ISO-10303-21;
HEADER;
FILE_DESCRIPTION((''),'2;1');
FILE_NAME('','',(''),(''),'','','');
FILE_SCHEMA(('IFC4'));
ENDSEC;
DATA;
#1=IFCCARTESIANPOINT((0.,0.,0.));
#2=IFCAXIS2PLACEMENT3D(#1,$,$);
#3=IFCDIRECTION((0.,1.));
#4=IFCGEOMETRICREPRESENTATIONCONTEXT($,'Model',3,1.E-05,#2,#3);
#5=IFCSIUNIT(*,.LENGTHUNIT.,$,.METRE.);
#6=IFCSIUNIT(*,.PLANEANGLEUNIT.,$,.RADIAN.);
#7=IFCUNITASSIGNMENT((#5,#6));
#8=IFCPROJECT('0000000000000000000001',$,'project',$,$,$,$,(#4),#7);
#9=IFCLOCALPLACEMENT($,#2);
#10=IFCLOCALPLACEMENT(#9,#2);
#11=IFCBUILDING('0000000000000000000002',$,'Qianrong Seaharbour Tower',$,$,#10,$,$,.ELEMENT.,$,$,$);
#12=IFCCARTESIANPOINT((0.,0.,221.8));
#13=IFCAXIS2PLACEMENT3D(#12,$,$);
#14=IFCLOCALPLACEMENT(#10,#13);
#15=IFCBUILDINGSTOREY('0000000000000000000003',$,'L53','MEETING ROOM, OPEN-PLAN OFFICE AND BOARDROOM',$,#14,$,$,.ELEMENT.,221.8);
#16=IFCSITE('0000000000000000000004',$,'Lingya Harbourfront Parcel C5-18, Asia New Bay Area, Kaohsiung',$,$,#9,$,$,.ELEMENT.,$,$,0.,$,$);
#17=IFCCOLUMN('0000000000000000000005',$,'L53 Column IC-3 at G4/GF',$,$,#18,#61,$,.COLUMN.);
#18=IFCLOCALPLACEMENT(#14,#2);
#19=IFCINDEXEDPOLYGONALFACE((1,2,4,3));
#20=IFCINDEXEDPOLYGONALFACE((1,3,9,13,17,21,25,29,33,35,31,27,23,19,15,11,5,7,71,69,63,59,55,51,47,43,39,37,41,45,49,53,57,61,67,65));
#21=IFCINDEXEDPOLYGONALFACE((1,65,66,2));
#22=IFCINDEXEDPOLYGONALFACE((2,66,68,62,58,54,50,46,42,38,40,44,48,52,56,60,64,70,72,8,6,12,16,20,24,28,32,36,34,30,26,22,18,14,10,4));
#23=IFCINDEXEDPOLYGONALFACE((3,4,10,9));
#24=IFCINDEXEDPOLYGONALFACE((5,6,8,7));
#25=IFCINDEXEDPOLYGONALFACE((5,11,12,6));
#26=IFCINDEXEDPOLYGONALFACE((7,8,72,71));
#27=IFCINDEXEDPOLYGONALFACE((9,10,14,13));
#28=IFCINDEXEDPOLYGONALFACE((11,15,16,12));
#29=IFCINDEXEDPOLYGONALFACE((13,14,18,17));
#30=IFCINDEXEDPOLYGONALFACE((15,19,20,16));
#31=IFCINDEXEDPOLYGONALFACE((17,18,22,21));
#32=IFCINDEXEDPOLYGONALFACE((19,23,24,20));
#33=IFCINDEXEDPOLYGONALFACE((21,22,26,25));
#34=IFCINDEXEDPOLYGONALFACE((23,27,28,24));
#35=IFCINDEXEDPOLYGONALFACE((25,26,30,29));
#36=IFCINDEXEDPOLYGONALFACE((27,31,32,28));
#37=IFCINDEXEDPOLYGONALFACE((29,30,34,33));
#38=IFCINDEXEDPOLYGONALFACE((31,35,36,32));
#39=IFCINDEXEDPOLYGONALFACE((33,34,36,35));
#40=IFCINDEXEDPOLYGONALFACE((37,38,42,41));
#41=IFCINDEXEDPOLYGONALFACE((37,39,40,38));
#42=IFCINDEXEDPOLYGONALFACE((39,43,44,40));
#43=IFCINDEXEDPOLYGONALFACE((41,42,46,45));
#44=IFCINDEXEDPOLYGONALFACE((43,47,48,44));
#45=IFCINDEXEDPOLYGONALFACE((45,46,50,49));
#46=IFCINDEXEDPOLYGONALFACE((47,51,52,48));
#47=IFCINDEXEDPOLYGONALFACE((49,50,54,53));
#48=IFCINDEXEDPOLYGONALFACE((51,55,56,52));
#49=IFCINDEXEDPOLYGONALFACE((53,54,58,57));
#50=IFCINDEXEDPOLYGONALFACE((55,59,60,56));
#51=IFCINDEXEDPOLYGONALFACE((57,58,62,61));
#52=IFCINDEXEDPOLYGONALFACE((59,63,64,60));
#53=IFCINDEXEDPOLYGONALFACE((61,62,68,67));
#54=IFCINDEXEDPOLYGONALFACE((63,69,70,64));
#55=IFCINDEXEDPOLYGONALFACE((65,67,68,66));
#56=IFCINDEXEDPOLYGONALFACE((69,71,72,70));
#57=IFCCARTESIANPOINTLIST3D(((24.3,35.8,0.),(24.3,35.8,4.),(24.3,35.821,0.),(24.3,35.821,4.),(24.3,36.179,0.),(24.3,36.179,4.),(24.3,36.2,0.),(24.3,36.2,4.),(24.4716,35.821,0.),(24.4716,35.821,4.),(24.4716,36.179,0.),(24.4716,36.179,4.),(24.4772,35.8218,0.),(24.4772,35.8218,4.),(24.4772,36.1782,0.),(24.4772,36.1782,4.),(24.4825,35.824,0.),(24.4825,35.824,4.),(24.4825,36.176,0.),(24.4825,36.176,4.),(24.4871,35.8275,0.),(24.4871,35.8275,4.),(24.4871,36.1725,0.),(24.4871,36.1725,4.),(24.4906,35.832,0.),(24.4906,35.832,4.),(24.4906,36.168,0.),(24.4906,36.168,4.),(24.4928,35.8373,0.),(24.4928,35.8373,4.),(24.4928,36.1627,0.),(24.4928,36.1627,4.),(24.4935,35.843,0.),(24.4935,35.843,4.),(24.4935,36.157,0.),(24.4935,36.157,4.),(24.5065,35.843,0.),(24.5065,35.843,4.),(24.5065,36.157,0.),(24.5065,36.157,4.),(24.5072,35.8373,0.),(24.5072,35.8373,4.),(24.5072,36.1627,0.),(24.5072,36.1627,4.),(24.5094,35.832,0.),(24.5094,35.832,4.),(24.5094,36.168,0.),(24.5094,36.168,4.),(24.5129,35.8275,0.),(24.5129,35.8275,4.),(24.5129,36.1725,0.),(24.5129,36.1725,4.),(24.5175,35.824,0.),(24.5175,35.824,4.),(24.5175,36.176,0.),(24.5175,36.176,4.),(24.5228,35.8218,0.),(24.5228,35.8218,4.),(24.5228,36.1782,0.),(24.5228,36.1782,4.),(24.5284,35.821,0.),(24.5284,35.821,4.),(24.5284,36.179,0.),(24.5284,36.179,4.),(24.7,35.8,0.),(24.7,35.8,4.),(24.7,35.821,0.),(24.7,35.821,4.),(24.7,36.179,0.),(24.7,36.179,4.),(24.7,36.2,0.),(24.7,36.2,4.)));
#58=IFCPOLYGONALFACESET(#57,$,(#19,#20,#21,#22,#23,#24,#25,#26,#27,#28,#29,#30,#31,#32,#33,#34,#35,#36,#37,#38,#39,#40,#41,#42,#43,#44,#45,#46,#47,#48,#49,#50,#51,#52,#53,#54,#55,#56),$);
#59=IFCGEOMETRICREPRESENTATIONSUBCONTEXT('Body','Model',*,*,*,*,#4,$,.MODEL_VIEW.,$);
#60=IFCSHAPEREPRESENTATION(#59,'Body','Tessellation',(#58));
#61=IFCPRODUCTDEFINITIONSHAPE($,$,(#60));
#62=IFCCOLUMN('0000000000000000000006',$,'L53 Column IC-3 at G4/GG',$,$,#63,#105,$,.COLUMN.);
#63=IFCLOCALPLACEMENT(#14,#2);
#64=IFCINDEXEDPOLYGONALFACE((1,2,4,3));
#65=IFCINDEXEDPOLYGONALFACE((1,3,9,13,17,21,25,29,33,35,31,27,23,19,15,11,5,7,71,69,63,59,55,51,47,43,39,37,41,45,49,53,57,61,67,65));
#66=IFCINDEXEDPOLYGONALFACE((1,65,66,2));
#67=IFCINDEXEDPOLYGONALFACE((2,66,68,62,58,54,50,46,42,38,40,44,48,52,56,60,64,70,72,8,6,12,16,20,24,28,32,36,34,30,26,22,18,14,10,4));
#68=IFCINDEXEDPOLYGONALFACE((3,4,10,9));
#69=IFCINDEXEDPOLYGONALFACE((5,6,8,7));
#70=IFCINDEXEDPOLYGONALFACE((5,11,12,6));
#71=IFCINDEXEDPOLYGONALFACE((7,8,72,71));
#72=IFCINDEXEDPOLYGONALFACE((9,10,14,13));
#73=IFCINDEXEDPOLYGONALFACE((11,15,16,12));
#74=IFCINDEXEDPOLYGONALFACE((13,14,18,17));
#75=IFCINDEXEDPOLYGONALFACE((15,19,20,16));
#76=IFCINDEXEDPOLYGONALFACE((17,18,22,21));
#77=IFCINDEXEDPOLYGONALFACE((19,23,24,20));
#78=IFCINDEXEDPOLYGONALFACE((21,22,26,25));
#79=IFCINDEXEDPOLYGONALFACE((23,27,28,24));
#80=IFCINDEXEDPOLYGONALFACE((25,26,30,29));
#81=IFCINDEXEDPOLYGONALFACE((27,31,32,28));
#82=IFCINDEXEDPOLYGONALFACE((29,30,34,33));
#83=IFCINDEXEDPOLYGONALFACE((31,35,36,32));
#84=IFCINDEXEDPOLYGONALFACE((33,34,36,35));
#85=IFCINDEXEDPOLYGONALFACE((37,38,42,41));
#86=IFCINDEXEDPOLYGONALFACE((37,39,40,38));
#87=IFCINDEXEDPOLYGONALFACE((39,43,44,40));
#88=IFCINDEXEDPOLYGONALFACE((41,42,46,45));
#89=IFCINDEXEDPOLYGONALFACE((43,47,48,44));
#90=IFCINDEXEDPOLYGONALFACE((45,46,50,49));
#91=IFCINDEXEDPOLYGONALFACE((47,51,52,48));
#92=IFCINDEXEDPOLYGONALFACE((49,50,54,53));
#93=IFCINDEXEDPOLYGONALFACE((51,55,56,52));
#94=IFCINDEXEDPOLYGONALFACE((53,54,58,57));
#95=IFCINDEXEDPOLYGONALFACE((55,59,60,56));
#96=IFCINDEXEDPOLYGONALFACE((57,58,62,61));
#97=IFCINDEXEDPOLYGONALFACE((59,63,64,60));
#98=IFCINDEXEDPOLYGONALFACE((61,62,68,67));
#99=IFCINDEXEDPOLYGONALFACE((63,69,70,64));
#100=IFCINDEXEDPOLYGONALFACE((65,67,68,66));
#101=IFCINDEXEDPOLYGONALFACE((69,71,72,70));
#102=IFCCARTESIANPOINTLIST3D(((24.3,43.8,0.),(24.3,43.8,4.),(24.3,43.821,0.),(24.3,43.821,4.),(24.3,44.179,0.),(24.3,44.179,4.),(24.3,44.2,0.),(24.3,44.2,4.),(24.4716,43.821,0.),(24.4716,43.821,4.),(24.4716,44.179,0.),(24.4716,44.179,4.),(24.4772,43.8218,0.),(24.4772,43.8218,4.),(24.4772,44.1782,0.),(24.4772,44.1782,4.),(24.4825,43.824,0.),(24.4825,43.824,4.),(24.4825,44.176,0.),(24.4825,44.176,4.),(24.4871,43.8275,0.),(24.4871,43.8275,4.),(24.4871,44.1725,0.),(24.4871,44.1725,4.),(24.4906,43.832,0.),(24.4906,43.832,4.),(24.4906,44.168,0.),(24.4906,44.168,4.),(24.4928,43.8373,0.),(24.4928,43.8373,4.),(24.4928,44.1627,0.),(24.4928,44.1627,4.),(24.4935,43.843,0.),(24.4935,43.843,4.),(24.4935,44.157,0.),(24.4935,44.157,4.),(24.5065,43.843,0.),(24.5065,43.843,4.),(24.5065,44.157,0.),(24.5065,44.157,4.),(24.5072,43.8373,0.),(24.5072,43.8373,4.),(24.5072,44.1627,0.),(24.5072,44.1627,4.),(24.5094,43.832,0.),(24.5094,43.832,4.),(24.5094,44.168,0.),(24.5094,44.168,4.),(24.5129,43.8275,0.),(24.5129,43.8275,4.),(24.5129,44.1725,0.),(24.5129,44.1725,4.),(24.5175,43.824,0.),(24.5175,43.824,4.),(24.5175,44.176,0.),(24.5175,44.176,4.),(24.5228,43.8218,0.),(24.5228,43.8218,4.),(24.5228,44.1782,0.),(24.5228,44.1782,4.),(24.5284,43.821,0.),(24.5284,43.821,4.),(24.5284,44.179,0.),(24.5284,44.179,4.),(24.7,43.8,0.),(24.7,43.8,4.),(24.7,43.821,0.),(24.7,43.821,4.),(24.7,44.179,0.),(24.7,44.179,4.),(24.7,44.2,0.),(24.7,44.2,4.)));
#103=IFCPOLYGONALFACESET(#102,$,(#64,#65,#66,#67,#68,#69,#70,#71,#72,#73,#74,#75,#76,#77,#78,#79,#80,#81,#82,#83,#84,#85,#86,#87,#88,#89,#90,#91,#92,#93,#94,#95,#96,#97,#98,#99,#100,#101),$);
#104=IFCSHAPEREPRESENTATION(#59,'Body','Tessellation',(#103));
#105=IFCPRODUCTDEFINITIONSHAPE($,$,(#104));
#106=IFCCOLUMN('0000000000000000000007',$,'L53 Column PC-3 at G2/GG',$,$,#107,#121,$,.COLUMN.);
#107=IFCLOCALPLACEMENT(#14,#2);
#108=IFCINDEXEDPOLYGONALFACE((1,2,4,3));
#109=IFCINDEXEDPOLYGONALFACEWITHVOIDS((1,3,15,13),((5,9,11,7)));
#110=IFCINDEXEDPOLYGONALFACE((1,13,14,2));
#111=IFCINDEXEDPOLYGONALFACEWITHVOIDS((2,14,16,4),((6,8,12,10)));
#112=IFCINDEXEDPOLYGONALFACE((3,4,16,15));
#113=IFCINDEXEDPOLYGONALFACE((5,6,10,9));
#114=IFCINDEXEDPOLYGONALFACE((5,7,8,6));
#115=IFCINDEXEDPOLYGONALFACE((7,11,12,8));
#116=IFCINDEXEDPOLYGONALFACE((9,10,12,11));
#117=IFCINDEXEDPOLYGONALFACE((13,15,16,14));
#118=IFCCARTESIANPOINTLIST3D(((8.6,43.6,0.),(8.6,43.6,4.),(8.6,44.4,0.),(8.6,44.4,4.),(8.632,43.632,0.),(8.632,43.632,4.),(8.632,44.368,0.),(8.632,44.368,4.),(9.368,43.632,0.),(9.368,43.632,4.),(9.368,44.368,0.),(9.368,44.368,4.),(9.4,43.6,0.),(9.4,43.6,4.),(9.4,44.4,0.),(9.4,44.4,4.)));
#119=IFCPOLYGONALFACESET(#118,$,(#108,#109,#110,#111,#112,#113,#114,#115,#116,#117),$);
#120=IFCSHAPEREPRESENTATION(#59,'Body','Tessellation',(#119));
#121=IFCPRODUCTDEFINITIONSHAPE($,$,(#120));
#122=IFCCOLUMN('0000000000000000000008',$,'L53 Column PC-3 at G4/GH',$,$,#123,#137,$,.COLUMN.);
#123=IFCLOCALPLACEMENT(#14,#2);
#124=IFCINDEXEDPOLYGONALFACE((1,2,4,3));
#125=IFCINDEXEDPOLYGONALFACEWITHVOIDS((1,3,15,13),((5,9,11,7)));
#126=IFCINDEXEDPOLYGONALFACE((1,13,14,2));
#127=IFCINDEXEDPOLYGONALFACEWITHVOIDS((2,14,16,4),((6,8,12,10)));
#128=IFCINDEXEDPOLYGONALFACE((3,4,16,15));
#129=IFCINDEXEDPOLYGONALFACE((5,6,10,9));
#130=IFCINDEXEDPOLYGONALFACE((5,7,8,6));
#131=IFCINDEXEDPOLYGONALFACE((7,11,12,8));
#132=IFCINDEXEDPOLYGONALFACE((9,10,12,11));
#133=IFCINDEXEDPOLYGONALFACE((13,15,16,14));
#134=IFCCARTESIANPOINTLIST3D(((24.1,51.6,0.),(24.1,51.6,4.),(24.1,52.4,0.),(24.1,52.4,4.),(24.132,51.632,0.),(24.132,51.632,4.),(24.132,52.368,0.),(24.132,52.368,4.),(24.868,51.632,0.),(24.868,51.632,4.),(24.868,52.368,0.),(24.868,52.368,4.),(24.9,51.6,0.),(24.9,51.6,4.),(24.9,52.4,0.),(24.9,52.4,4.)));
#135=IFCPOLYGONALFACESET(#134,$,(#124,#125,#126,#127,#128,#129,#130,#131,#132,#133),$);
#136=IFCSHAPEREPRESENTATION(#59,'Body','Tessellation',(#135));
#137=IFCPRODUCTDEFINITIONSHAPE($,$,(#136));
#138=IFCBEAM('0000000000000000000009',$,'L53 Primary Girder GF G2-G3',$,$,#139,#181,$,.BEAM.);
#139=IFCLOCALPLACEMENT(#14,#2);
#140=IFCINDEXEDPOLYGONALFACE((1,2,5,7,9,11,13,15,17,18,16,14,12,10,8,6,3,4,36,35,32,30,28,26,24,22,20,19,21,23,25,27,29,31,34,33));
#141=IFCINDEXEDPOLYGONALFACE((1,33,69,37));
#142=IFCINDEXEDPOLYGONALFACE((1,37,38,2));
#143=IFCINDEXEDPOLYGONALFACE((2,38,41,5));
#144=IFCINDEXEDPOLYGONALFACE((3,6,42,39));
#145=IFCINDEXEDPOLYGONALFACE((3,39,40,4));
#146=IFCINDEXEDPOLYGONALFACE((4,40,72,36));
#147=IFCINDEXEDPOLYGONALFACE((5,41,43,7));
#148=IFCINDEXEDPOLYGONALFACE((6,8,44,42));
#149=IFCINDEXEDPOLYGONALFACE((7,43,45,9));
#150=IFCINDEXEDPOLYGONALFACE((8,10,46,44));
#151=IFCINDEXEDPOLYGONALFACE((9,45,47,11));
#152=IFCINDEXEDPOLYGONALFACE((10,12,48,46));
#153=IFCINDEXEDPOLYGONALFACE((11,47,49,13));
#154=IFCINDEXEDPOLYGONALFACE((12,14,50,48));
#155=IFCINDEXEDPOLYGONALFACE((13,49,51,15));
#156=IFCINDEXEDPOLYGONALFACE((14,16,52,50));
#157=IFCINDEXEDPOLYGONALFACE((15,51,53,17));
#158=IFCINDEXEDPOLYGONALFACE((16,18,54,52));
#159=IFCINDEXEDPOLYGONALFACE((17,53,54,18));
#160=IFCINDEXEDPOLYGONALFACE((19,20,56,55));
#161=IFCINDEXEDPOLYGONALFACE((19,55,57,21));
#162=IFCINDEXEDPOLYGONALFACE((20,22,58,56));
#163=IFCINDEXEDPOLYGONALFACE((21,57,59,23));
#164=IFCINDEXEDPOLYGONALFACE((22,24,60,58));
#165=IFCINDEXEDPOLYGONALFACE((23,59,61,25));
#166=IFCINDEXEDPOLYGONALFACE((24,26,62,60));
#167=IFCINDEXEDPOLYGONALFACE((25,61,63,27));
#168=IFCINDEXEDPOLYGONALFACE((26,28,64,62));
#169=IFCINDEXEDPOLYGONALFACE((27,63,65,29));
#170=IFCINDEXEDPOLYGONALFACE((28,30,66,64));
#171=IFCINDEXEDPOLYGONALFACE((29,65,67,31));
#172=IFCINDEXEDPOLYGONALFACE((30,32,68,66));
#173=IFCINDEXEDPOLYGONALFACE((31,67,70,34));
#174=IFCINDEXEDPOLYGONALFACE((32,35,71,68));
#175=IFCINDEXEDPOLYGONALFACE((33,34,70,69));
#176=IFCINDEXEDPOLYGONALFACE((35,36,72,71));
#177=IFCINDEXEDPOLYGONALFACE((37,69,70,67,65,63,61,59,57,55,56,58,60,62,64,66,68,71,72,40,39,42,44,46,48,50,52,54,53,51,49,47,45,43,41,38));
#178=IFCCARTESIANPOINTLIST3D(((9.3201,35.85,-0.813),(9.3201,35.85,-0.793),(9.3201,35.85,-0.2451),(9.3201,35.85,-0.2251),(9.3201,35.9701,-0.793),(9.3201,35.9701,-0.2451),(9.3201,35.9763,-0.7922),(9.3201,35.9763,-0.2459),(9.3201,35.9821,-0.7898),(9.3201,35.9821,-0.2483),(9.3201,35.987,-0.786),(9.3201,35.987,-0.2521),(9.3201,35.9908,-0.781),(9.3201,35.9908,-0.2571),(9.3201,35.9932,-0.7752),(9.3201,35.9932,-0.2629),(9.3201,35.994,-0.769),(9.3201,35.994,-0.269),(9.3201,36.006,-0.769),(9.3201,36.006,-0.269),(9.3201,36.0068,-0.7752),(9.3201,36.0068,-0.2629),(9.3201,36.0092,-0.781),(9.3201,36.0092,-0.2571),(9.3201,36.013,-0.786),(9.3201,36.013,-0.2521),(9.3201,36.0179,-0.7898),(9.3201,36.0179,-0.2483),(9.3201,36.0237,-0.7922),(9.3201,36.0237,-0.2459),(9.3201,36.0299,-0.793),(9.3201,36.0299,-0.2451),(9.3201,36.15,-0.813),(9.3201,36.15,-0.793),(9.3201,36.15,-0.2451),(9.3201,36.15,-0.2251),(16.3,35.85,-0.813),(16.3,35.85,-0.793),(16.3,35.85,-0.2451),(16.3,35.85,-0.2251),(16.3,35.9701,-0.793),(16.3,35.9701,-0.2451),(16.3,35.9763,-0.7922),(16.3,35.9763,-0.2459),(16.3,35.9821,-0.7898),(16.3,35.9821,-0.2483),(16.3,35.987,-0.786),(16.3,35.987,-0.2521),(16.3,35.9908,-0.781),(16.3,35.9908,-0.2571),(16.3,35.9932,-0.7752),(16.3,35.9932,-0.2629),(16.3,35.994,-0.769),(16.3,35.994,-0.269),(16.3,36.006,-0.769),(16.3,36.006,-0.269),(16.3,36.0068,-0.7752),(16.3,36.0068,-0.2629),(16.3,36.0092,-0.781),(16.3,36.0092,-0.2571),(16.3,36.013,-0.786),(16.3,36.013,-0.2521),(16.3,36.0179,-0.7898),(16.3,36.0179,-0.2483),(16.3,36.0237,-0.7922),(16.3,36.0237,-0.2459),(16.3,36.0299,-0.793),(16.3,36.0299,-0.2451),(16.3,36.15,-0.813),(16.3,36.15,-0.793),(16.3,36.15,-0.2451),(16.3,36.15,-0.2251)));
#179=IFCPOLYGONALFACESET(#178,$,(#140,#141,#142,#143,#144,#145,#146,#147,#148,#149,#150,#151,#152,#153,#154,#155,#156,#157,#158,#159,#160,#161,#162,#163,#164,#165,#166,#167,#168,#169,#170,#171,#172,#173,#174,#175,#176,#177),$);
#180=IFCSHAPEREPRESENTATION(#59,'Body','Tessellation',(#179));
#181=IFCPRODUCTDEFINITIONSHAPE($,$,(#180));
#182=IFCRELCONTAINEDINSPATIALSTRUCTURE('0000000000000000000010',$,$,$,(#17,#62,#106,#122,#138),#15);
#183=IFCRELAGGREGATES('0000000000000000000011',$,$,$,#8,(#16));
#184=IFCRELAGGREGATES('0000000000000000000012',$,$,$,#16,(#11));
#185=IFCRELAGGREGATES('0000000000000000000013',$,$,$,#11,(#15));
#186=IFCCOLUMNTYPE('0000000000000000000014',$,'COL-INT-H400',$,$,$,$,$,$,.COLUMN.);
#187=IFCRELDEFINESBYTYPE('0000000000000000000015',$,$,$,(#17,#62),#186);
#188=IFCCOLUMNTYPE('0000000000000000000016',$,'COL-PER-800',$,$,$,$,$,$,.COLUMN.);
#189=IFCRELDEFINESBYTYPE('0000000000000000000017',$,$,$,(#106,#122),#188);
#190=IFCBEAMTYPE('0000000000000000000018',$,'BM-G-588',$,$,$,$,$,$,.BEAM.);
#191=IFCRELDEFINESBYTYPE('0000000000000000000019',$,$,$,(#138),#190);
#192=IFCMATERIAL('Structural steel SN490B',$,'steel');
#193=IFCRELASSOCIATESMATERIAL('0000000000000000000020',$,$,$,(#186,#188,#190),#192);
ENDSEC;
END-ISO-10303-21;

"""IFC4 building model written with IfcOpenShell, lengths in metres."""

from ifc_helpers import new_model, si_unit, direction, frame, origin, origin_2d, place, context, subcontext, project, spatial, hollow_rectangle, i_section, extrude, material, material_profile, profile_set, type_object, element, save


model = new_model("IFC4")

# Units and contexts
model_context = context("Model", 3, precision=1e-05, world=origin(), true_north=direction((0.0, 1.0)))
body_context = subcontext(model_context, "Body", "Model", "MODEL_VIEW")
ifc_project = project(units=[si_unit("LENGTHUNIT", "METRE"), si_unit("PLANEANGLEUNIT", "RADIAN")], contexts=[model_context])

# Site, building, storey
site_placement = place(None, origin())
site = spatial("IfcSite", under=ifc_project, at=site_placement, Name="Lingya Harbourfront Parcel C5-18, Asia New Bay Area, Kaohsiung", CompositionType="ELEMENT", RefElevation=0.0)
building_placement = place(site_placement, origin())
building = spatial("IfcBuilding", under=site, at=building_placement, Name="Qianrong Seaharbour Tower", CompositionType="ELEMENT")
storey_placement = place(building_placement, frame((0.0, 0.0, 221.8)))
storey = spatial("IfcBuildingStorey", under=building, at=storey_placement, Name="L53", Description="MEETING ROOM, OPEN-PLAN OFFICE AND BOARDROOM", CompositionType="ELEMENT", Elevation=221.8)

# Columns
ifc_material_1 = material(Name="Structural steel SN490B", Category="steel")
ifc_material_profile_1 = material_profile(ifc_material_1, i_section(OverallWidth=0.3999, OverallDepth=0.3999, WebThickness=0.0129, FlangeThickness=0.021, FilletRadius=0.022, at=origin_2d()), Name="H400x400x13x21")
ifc_profile_set_1 = profile_set([ifc_material_profile_1], Name="Structural steel SN490B")
column_type_1 = type_object("IfcColumnType", Name="COL-INT-H400", PredefinedType="COLUMN", material=ifc_profile_set_1)
for number, where, z_axis, x_axis, name in (
    (1, (24.5, 36.0, 0.0), (0.0, 0.0, 1.0), (1.0, 0.0, 0.0), "L53 Column IC-3 at G4/GF"),
    (2, (24.5, 44.0, 0.0), (0.0, 0.0, 1.0), (1.0, 0.0, 0.0), "L53 Column IC-3 at G4/GG"),
):
    element("IfcColumn", number, at=place(storey_placement, frame(where, z_axis=z_axis, x_axis=x_axis)), inside=storey, type_object=column_type_1, Name=name, PredefinedType="COLUMN", context=body_context, shape_type="SweptSolid", body=[
        extrude(i_section(OverallWidth=0.3999, OverallDepth=0.3999, WebThickness=0.0129, FlangeThickness=0.021, FilletRadius=0.022, at=origin_2d()), origin(), (0.0, 0.0, 1.0), 4.0),
    ])
ifc_material_profile_2 = material_profile(ifc_material_1, hollow_rectangle(XDim=0.8, YDim=0.8, WallThickness=0.032, at=origin_2d()), Name="BOX800x800x32")
ifc_profile_set_2 = profile_set([ifc_material_profile_2], Name="Structural steel SN490B")
column_type_2 = type_object("IfcColumnType", Name="COL-PER-800", PredefinedType="COLUMN", material=ifc_profile_set_2)
for number, where, z_axis, x_axis, name in (
    (3, (9.0, 44.0, 0.0), (0.0, 0.0, 1.0), (1.0, 0.0, 0.0), "L53 Column PC-3 at G2/GG"),
    (4, (24.5, 52.0, 0.0), (0.0, 0.0, 1.0), (1.0, 0.0, 0.0), "L53 Column PC-3 at G4/GH"),
):
    element("IfcColumn", number, at=place(storey_placement, frame(where, z_axis=z_axis, x_axis=x_axis)), inside=storey, type_object=column_type_2, Name=name, PredefinedType="COLUMN", context=body_context, shape_type="SweptSolid", body=[
        extrude(hollow_rectangle(XDim=0.8, YDim=0.8, WallThickness=0.032, at=origin_2d()), origin(), (0.0, 0.0, 1.0), 4.0),
    ])

# Beam
ifc_material_profile_3 = material_profile(ifc_material_1, i_section(OverallWidth=0.3, OverallDepth=0.5879, WebThickness=0.012, FlangeThickness=0.02, FilletRadius=0.0239, at=origin_2d()), Name="H588x300x12x20")
ifc_profile_set_3 = profile_set([ifc_material_profile_3], Name="Structural steel SN490B")
beam_type_1 = type_object("IfcBeamType", Name="BM-G-588", PredefinedType="BEAM", material=ifc_profile_set_3)
beam_1_placement = place(storey_placement, frame((9.3201, 36.0, -0.519), z_axis=(1.0, 0.0, 0.0), x_axis=(0.0, 1.0, 0.0)))
element("IfcBeam", 5, at=beam_1_placement, inside=storey, type_object=beam_type_1, Name="L53 Primary Girder GF G2-G3", PredefinedType="BEAM", context=body_context, shape_type="SweptSolid", body=[
    extrude(i_section(OverallWidth=0.3, OverallDepth=0.5879, WebThickness=0.012, FlangeThickness=0.02, FilletRadius=0.0239, at=origin_2d()), origin(), (0.0, 0.0, 1.0), 6.98),
])

save(model, "model.ifc")
